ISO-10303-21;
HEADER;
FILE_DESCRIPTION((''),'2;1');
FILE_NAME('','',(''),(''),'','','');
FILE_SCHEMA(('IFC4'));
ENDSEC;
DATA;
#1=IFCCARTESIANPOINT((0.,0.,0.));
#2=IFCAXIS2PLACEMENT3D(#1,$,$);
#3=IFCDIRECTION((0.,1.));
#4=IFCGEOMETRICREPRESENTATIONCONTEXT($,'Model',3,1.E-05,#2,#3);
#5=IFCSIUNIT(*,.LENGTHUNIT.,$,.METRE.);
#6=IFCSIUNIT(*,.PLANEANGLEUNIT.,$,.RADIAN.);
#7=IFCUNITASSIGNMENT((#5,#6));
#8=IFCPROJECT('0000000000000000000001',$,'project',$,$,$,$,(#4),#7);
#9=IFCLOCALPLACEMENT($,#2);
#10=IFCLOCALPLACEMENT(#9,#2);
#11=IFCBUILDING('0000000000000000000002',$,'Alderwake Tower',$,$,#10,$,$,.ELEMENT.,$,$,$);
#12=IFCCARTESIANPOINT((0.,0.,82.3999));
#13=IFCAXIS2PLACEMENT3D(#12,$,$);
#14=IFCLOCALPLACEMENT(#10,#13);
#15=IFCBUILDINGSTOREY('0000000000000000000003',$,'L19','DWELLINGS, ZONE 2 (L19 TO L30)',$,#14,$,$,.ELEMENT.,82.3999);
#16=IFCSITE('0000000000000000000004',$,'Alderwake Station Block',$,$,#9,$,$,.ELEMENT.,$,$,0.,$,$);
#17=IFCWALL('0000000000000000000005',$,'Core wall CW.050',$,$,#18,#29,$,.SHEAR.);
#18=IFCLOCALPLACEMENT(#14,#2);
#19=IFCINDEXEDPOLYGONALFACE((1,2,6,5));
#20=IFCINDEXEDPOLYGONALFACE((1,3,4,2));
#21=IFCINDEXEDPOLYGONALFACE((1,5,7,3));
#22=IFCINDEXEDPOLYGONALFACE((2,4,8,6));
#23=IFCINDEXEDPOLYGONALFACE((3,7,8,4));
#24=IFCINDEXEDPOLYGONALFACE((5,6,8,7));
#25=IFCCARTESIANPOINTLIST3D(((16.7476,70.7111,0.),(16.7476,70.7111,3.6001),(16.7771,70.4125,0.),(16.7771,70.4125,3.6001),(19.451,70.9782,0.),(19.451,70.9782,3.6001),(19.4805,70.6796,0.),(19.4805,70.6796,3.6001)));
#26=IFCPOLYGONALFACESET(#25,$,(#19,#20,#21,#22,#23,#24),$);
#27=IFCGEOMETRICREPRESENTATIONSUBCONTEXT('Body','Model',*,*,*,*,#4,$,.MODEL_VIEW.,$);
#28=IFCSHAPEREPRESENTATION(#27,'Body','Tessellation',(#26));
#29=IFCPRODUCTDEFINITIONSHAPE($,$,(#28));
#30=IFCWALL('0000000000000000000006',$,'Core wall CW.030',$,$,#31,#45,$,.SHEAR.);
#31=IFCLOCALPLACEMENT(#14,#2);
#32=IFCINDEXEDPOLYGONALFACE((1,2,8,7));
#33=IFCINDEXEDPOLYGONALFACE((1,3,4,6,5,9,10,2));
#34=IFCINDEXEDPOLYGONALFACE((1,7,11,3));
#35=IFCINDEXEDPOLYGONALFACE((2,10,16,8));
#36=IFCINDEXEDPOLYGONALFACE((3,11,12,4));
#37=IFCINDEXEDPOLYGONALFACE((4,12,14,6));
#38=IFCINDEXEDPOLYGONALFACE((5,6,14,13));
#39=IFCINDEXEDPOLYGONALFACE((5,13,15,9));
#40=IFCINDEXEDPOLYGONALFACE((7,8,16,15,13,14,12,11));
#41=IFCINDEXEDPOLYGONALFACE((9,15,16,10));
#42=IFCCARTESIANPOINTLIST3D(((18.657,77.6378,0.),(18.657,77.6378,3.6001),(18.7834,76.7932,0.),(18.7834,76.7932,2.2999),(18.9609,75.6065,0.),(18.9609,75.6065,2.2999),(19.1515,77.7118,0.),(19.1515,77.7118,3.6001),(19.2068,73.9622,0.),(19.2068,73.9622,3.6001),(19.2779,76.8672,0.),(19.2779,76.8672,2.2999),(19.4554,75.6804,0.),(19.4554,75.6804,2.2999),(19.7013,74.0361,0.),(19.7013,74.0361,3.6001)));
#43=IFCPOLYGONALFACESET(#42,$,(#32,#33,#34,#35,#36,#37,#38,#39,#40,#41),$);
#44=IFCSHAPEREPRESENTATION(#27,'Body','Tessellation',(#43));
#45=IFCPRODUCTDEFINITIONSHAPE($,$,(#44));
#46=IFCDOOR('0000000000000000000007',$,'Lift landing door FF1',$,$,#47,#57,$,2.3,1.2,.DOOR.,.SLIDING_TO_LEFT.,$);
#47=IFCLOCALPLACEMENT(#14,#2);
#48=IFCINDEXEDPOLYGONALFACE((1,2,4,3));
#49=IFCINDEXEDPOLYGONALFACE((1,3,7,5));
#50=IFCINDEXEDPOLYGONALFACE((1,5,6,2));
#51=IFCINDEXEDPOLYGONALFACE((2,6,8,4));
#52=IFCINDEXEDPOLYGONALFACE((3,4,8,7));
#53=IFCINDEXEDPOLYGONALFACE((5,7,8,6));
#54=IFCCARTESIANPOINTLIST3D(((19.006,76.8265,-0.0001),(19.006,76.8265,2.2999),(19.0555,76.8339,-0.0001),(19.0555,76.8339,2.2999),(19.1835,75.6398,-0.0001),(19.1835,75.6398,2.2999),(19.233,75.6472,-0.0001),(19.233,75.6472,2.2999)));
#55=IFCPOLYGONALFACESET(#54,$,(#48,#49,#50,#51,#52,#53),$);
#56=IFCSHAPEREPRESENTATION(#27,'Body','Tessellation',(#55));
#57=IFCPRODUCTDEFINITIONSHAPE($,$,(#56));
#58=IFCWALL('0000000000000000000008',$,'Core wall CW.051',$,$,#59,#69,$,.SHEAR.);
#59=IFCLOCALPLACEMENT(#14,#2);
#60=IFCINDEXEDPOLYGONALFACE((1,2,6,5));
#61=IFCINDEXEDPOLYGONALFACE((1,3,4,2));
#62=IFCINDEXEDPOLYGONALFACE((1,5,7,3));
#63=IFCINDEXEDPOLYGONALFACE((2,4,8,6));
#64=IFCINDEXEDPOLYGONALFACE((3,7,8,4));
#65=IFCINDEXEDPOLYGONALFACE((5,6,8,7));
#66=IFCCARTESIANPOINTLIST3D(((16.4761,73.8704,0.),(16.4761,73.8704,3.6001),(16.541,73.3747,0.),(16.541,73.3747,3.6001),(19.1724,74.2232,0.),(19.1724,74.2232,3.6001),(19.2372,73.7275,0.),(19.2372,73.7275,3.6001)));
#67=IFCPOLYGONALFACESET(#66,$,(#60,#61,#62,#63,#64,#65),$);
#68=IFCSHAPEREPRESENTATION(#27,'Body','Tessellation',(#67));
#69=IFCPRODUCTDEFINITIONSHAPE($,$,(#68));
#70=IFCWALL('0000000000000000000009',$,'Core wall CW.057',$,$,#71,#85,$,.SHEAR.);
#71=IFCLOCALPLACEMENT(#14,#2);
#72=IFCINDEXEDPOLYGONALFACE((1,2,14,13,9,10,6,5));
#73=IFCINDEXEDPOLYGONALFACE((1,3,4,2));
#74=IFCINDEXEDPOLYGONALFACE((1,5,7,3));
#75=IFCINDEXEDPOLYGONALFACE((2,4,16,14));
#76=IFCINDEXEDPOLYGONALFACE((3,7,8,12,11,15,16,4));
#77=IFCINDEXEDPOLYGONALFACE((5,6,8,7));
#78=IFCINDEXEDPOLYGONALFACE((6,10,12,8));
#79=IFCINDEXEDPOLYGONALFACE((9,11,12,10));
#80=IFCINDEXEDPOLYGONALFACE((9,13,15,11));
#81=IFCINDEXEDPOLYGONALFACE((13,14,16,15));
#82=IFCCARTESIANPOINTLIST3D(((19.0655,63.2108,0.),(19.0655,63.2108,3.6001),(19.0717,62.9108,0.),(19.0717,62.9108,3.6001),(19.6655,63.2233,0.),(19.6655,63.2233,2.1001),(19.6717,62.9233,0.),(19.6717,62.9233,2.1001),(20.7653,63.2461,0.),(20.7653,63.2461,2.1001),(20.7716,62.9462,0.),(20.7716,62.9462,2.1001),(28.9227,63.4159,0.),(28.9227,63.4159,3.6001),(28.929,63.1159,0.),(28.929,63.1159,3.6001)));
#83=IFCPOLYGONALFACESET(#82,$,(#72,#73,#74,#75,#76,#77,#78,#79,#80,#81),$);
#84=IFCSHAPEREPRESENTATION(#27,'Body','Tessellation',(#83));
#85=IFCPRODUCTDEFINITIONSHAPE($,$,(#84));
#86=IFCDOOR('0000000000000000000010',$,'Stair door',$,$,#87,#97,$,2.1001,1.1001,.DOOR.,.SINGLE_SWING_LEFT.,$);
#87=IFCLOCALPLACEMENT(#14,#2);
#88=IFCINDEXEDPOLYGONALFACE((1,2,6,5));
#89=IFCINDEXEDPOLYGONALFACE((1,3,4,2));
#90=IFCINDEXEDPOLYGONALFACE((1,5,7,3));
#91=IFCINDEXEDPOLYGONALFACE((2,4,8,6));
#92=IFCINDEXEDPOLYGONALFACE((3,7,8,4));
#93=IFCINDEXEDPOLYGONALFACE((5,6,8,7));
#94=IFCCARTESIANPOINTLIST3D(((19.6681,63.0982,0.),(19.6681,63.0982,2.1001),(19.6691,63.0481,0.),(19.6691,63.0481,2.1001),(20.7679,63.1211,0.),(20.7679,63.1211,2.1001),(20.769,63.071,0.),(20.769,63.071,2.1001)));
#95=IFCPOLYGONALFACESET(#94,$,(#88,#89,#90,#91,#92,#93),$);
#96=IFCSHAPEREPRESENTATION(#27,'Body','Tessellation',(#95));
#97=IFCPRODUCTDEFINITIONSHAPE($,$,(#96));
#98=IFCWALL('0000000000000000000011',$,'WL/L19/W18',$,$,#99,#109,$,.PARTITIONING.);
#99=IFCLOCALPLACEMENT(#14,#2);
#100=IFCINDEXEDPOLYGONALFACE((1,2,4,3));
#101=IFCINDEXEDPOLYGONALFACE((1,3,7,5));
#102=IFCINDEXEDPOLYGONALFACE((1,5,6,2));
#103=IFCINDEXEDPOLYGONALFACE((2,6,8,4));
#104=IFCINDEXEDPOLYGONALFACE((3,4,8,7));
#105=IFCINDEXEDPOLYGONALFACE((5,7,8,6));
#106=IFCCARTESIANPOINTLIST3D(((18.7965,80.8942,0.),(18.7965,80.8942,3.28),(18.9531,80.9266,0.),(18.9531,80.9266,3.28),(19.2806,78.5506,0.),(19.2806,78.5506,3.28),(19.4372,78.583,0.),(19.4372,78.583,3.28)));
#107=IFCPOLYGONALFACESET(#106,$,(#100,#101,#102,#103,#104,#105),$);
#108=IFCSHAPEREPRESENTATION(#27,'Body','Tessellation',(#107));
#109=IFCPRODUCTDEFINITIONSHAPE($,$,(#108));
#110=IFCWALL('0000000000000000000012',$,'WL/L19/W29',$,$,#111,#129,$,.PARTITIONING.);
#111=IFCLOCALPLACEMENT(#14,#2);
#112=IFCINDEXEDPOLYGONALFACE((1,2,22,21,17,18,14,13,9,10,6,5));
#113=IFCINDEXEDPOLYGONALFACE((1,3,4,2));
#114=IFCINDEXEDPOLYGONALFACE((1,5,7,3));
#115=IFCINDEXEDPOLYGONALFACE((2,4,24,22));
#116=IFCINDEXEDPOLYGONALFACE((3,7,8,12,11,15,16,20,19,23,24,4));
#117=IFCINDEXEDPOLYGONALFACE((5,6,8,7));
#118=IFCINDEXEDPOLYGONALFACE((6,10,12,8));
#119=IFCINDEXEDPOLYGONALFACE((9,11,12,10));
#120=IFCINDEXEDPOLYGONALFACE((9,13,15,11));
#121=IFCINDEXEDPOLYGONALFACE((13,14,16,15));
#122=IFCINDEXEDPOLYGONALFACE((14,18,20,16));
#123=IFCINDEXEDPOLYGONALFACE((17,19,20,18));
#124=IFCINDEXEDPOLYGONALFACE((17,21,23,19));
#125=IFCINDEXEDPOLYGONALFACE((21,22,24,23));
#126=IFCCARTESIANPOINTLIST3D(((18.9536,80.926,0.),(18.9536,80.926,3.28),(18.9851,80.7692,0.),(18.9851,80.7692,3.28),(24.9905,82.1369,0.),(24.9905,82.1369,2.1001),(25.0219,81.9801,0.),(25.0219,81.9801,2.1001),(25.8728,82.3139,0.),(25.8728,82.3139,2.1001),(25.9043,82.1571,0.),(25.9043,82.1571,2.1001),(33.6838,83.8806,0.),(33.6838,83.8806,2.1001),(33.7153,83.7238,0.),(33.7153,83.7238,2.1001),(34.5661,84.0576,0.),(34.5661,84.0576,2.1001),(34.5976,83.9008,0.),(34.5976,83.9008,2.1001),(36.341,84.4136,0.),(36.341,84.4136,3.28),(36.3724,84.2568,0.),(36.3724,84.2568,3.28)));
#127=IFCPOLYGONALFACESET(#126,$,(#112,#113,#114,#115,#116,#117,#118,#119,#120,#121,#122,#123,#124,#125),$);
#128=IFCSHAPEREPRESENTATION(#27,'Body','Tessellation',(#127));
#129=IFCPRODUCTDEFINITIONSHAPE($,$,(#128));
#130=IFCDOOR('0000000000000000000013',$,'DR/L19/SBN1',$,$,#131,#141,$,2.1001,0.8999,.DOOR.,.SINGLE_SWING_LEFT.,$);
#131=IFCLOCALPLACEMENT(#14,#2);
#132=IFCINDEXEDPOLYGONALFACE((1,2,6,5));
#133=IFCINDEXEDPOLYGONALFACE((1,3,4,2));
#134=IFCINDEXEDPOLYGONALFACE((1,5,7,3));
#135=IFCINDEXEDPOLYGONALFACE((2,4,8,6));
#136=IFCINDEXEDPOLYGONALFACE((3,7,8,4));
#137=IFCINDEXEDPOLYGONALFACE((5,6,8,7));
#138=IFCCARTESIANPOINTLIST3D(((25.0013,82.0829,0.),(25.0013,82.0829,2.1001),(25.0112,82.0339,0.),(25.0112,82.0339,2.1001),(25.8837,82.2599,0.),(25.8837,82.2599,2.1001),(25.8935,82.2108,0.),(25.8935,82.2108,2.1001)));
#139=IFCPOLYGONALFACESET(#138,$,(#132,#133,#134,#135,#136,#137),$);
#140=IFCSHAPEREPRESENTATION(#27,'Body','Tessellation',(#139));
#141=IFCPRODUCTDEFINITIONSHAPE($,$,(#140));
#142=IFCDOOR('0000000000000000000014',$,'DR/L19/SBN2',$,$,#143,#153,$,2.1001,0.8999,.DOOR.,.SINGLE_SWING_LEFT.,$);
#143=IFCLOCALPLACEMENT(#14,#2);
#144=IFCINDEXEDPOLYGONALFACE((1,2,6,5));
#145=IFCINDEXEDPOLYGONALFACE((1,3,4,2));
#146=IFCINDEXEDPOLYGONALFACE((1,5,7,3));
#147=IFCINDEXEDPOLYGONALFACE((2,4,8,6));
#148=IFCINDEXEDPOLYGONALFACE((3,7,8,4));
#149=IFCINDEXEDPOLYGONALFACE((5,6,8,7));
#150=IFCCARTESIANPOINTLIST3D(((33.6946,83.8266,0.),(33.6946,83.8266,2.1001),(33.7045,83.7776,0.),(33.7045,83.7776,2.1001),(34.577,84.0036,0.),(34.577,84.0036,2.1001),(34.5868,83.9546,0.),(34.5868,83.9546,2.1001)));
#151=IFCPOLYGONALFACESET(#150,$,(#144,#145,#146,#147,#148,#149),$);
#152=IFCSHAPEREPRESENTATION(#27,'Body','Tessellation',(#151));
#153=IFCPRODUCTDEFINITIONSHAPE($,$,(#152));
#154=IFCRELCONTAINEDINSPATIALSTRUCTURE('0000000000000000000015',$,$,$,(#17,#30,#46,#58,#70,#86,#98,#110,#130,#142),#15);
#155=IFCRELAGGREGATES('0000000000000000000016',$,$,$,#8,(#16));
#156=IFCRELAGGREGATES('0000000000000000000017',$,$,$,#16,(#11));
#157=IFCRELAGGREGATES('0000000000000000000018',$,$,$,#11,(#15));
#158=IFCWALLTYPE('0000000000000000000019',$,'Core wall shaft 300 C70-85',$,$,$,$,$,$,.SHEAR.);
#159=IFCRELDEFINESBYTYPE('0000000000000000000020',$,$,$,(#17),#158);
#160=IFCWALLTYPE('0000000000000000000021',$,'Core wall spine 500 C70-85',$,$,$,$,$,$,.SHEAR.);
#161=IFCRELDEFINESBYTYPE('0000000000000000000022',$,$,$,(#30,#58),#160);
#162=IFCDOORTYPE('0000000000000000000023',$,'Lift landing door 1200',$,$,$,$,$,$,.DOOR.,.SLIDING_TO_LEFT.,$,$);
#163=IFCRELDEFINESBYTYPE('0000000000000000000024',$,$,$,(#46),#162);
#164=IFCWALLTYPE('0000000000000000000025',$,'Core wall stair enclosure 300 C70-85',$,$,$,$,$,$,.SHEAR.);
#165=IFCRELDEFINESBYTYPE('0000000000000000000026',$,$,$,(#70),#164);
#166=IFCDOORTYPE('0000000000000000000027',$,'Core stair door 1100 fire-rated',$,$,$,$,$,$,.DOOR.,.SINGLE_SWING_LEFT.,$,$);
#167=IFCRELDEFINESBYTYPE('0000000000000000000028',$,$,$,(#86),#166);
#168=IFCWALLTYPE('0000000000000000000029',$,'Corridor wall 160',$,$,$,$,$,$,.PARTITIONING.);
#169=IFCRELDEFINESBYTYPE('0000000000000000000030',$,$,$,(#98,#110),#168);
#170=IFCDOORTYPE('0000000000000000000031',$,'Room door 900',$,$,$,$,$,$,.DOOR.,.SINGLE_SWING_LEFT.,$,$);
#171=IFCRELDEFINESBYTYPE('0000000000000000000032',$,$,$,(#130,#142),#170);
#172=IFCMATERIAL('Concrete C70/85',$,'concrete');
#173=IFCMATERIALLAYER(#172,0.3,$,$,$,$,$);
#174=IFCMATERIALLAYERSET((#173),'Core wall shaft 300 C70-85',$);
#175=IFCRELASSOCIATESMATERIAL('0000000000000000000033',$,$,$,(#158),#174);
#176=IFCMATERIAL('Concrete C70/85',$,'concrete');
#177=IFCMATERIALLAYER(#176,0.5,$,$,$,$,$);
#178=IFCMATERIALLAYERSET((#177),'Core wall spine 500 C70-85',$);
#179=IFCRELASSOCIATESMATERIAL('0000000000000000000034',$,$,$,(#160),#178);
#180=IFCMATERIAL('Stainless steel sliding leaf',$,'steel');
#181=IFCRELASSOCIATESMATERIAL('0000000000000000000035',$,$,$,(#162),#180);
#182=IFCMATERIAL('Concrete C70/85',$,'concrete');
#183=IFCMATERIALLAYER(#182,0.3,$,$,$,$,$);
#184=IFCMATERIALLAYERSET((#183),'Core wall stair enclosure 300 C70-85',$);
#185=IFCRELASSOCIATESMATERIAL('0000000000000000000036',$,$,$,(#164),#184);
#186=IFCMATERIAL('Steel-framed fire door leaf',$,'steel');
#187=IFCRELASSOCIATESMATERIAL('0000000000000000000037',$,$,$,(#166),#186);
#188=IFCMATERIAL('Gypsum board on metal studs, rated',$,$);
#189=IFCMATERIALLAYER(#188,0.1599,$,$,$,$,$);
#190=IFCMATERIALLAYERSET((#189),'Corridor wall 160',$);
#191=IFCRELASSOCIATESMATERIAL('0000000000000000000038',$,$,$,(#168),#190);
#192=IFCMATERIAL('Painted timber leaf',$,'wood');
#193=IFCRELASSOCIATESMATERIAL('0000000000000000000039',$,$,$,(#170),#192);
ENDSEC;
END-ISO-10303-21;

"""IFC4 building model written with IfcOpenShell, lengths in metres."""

from ifc_helpers import new_model, si_unit, direction, frame, frame_2d, origin, place, context, subcontext, project, spatial, rectangle, extrude, material, layer, layer_set, type_object, element, fill, save


model = new_model("IFC4")

# Units and contexts
model_context = context("Model", 3, precision=1e-05, world=origin(), true_north=direction((0.0, 1.0)))
body_context = subcontext(model_context, "Body", "Model", "MODEL_VIEW")
ifc_project = project(units=[si_unit("LENGTHUNIT", "METRE"), si_unit("PLANEANGLEUNIT", "RADIAN")], contexts=[model_context])

# Site, building, storey
site_placement = place(None, origin())
site = spatial("IfcSite", under=ifc_project, at=site_placement, Name="Alderwake Station Block", CompositionType="ELEMENT", RefElevation=0.0)
building_placement = place(site_placement, origin())
building = spatial("IfcBuilding", under=site, at=building_placement, Name="Alderwake Tower", CompositionType="ELEMENT")
storey_placement = place(building_placement, frame((0.0, 0.0, 82.3999)))
storey = spatial("IfcBuildingStorey", under=building, at=storey_placement, Name="L19", Description="DWELLINGS, ZONE 2 (L19 TO L30)", CompositionType="ELEMENT", Elevation=82.3999)

# Wall
ifc_material_1 = material(Name="Concrete C70/85", Category="concrete")
ifc_layer_1 = layer(ifc_material_1, 0.3)
ifc_layer_set_1 = layer_set([ifc_layer_1], Name="Core wall shaft 300 C70-85")
wall_type_1 = type_object("IfcWallType", Name="Core wall shaft 300 C70-85", PredefinedType="SHEAR", material=ifc_layer_set_1)
for number, where, z_axis, x_axis, name in (
    (1, (16.7622, 70.5618, 0.0), (0.0, 0.0, 1.0), (0.995155, 0.09832, 0.0), "Core wall CW.050"),
):
    element("IfcWall", number, at=place(storey_placement, frame(where, z_axis=z_axis, x_axis=x_axis)), inside=storey, type_object=wall_type_1, Name=name, PredefinedType="SHEAR", context=body_context, shape_type="SweptSolid", body=[
        extrude(rectangle(XDim=2.7166, YDim=0.3, at=frame_2d((1.3584, 0.0))), origin(), (0.0, 0.0, 1.0), 3.6001),
    ])

# Wall, opening, door
ifc_material_2 = material(Name="Concrete C70/85", Category="concrete")
ifc_layer_2 = layer(ifc_material_2, 0.5)
ifc_layer_set_2 = layer_set([ifc_layer_2], Name="Core wall spine 500 C70-85")
wall_type_2 = type_object("IfcWallType", Name="Core wall spine 500 C70-85", PredefinedType="SHEAR", material=ifc_layer_set_2)
wall_1_placement = place(storey_placement, frame((19.4541, 73.999, 0.0), z_axis=(0.0, 0.0, 1.0), x_axis=(-0.147929, 0.988998, 0.0)))
wall_1 = element("IfcWall", 2, at=wall_1_placement, inside=storey, type_object=wall_type_2, Name="Core wall CW.030", PredefinedType="SHEAR", context=body_context, shape_type="SweptSolid", body=[
    extrude(rectangle(XDim=3.7166, YDim=0.5, at=frame_2d((1.8584, 0.0))), origin(), (0.0, 0.0, 1.0), 3.6001),
])
opening_1_placement = place(wall_1_placement, frame((1.6626, 0.0, 0.0)))
opening_1 = element("IfcOpeningElement", 3, at=opening_1_placement, cuts=wall_1, PredefinedType="OPENING", context=body_context, shape_type="SweptSolid", body=[
    extrude(rectangle(XDim=1.2, YDim=2.3, at=frame_2d((0.6001, 1.1499))), frame((0.0, 0.26, 0.0), z_axis=(0.0, -1.0, 0.0), x_axis=(1.0, 0.0, 0.0)), (0.0, 0.0, 1.0), 0.52),
])
ifc_material_3 = material(Name="Stainless steel sliding leaf", Category="steel")
door_type_1 = type_object("IfcDoorType", Name="Lift landing door 1200", OperationType="SLIDING_TO_LEFT", PredefinedType="DOOR", material=ifc_material_3)
door_1_placement = place(opening_1_placement, origin())
door_1 = element("IfcDoor", 4, at=door_1_placement, inside=storey, type_object=door_type_1, Name="Lift landing door FF1", OperationType="SLIDING_TO_LEFT", OverallHeight=2.3, OverallWidth=1.2, PredefinedType="DOOR", context=body_context, shape_type="SweptSolid", body=[
    extrude(rectangle(XDim=1.2, YDim=2.3, at=frame_2d((0.6001, 1.1499))), frame((0.0, 0.0249, 0.0), z_axis=(0.0, -1.0, 0.0), x_axis=(1.0, 0.0, 0.0)), (0.0, 0.0, 1.0), 0.05),
])
fill(opening_1, door_1)

# Wall
wall_2_placement = place(storey_placement, frame((16.5085, 73.6226, 0.0), z_axis=(0.0, 0.0, 1.0), x_axis=(0.991549, 0.129735, 0.0)))
element("IfcWall", 5, at=wall_2_placement, inside=storey, type_object=wall_type_2, Name="Core wall CW.051", PredefinedType="SHEAR", context=body_context, shape_type="SweptSolid", body=[
    extrude(rectangle(XDim=2.7192, YDim=0.5, at=frame_2d((1.3596, 0.0))), origin(), (0.0, 0.0, 1.0), 3.6001),
])

# Wall, opening, door
ifc_material_4 = material(Name="Concrete C70/85", Category="concrete")
ifc_layer_3 = layer(ifc_material_4, 0.3)
ifc_layer_set_3 = layer_set([ifc_layer_3], Name="Core wall stair enclosure 300 C70-85")
wall_type_3 = type_object("IfcWallType", Name="Core wall stair enclosure 300 C70-85", PredefinedType="SHEAR", material=ifc_layer_set_3)
wall_3_placement = place(storey_placement, frame((19.0686, 63.0608, 0.0), z_axis=(0.0, 0.0, 1.0), x_axis=(0.999784, 0.0208, 0.0)))
wall_3 = element("IfcWall", 6, at=wall_3_placement, inside=storey, type_object=wall_type_3, Name="Core wall CW.057", PredefinedType="SHEAR", context=body_context, shape_type="SweptSolid", body=[
    extrude(rectangle(XDim=9.8594, YDim=0.3, at=frame_2d((4.9297, 0.0))), origin(), (0.0, 0.0, 1.0), 3.6001),
])
opening_2_placement = place(wall_3_placement, frame((0.6001, 0.0, 0.0)))
opening_2 = element("IfcOpeningElement", 7, at=opening_2_placement, cuts=wall_3, PredefinedType="OPENING", context=body_context, shape_type="SweptSolid", body=[
    extrude(rectangle(XDim=1.1001, YDim=2.1001, at=frame_2d((0.55, 1.05))), frame((0.0, 0.1599, 0.0), z_axis=(0.0, -1.0, 0.0), x_axis=(1.0, 0.0, 0.0)), (0.0, 0.0, 1.0), 0.3201),
])
ifc_material_5 = material(Name="Steel-framed fire door leaf", Category="steel")
door_type_2 = type_object("IfcDoorType", Name="Core stair door 1100 fire-rated", OperationType="SINGLE_SWING_LEFT", PredefinedType="DOOR", material=ifc_material_5)
door_2_placement = place(opening_2_placement, origin())
door_2 = element("IfcDoor", 8, at=door_2_placement, inside=storey, type_object=door_type_2, Name="Stair door", OperationType="SINGLE_SWING_LEFT", OverallHeight=2.1001, OverallWidth=1.1001, PredefinedType="DOOR", context=body_context, shape_type="SweptSolid", body=[
    extrude(rectangle(XDim=1.1001, YDim=2.1001, at=frame_2d((0.55, 1.05))), frame((0.0, 0.0249, 0.0), z_axis=(0.0, -1.0, 0.0), x_axis=(1.0, 0.0, 0.0)), (0.0, 0.0, 1.0), 0.05),
])
fill(opening_2, door_2)

# Wall
ifc_material_6 = material(Name="Gypsum board on metal studs, rated")
ifc_layer_4 = layer(ifc_material_6, 0.1599)
ifc_layer_set_4 = layer_set([ifc_layer_4], Name="Corridor wall 160")
wall_type_4 = type_object("IfcWallType", Name="Corridor wall 160", PredefinedType="PARTITIONING", material=ifc_layer_set_4)
wall_4_placement = place(storey_placement, frame((18.8748, 80.9104, 0.0), z_axis=(0.0, 0.0, 1.0), x_axis=(0.202312, -0.979321, 0.0)))
element("IfcWall", 9, at=wall_4_placement, inside=storey, type_object=wall_type_4, Name="WL/L19/W18", PredefinedType="PARTITIONING", context=body_context, shape_type="SweptSolid", body=[
    extrude(rectangle(XDim=2.3931, YDim=0.1599, at=frame_2d((1.1965, 0.0))), origin(), (0.0, 0.0, 1.0), 3.28),
])

# Wall, openings, doors
wall_5_placement = place(storey_placement, frame((18.9695, 80.8477, 0.0), z_axis=(0.0, 0.0, 1.0), x_axis=(0.980471, 0.196664, 0.0)))
wall_5 = element("IfcWall", 10, at=wall_5_placement, inside=storey, type_object=wall_type_4, Name="WL/L19/W29", PredefinedType="PARTITIONING", context=body_context, shape_type="SweptSolid", body=[
    extrude(rectangle(XDim=17.7336, YDim=0.1599, at=frame_2d((8.8667, 0.0))), origin(), (0.0, 0.0, 1.0), 3.28),
])
opening_3_placement = place(wall_5_placement, frame((6.157, 0.0, 0.0)))
opening_3 = element("IfcOpeningElement", 11, at=opening_3_placement, cuts=wall_5, PredefinedType="OPENING", context=body_context, shape_type="SweptSolid", body=[
    extrude(rectangle(XDim=0.8999, YDim=2.1001, at=frame_2d((0.45, 1.05))), frame((0.0, 0.0898, 0.0), z_axis=(0.0, -1.0, 0.0), x_axis=(1.0, 0.0, 0.0)), (0.0, 0.0, 1.0), 0.1799),
])
opening_4_placement = place(wall_5_placement, frame((15.0234, 0.0, 0.0)))
opening_4 = element("IfcOpeningElement", 12, at=opening_4_placement, cuts=wall_5, PredefinedType="OPENING", context=body_context, shape_type="SweptSolid", body=[
    extrude(rectangle(XDim=0.8999, YDim=2.1001, at=frame_2d((0.45, 1.05))), frame((0.0, 0.0898, 0.0), z_axis=(0.0, -1.0, 0.0), x_axis=(1.0, 0.0, 0.0)), (0.0, 0.0, 1.0), 0.1799),
])
ifc_material_7 = material(Name="Painted timber leaf", Category="wood")
door_type_3 = type_object("IfcDoorType", Name="Room door 900", OperationType="SINGLE_SWING_LEFT", PredefinedType="DOOR", material=ifc_material_7)
door_3_placement = place(opening_3_placement, origin())
door_3 = element("IfcDoor", 13, at=door_3_placement, inside=storey, type_object=door_type_3, Name="DR/L19/SBN1", OperationType="SINGLE_SWING_LEFT", OverallHeight=2.1001, OverallWidth=0.8999, PredefinedType="DOOR", context=body_context, shape_type="SweptSolid", body=[
    extrude(rectangle(XDim=0.8999, YDim=2.1001, at=frame_2d((0.45, 1.05))), frame((0.0, 0.0249, 0.0), z_axis=(0.0, -1.0, 0.0), x_axis=(1.0, 0.0, 0.0)), (0.0, 0.0, 1.0), 0.05),
])
fill(opening_3, door_3)
door_4_placement = place(opening_4_placement, origin())
door_4 = element("IfcDoor", 14, at=door_4_placement, inside=storey, type_object=door_type_3, Name="DR/L19/SBN2", OperationType="SINGLE_SWING_LEFT", OverallHeight=2.1001, OverallWidth=0.8999, PredefinedType="DOOR", context=body_context, shape_type="SweptSolid", body=[
    extrude(rectangle(XDim=0.8999, YDim=2.1001, at=frame_2d((0.45, 1.05))), frame((0.0, 0.0249, 0.0), z_axis=(0.0, -1.0, 0.0), x_axis=(1.0, 0.0, 0.0)), (0.0, 0.0, 1.0), 0.05),
])
fill(opening_4, door_4)

save(model, "model.ifc")
